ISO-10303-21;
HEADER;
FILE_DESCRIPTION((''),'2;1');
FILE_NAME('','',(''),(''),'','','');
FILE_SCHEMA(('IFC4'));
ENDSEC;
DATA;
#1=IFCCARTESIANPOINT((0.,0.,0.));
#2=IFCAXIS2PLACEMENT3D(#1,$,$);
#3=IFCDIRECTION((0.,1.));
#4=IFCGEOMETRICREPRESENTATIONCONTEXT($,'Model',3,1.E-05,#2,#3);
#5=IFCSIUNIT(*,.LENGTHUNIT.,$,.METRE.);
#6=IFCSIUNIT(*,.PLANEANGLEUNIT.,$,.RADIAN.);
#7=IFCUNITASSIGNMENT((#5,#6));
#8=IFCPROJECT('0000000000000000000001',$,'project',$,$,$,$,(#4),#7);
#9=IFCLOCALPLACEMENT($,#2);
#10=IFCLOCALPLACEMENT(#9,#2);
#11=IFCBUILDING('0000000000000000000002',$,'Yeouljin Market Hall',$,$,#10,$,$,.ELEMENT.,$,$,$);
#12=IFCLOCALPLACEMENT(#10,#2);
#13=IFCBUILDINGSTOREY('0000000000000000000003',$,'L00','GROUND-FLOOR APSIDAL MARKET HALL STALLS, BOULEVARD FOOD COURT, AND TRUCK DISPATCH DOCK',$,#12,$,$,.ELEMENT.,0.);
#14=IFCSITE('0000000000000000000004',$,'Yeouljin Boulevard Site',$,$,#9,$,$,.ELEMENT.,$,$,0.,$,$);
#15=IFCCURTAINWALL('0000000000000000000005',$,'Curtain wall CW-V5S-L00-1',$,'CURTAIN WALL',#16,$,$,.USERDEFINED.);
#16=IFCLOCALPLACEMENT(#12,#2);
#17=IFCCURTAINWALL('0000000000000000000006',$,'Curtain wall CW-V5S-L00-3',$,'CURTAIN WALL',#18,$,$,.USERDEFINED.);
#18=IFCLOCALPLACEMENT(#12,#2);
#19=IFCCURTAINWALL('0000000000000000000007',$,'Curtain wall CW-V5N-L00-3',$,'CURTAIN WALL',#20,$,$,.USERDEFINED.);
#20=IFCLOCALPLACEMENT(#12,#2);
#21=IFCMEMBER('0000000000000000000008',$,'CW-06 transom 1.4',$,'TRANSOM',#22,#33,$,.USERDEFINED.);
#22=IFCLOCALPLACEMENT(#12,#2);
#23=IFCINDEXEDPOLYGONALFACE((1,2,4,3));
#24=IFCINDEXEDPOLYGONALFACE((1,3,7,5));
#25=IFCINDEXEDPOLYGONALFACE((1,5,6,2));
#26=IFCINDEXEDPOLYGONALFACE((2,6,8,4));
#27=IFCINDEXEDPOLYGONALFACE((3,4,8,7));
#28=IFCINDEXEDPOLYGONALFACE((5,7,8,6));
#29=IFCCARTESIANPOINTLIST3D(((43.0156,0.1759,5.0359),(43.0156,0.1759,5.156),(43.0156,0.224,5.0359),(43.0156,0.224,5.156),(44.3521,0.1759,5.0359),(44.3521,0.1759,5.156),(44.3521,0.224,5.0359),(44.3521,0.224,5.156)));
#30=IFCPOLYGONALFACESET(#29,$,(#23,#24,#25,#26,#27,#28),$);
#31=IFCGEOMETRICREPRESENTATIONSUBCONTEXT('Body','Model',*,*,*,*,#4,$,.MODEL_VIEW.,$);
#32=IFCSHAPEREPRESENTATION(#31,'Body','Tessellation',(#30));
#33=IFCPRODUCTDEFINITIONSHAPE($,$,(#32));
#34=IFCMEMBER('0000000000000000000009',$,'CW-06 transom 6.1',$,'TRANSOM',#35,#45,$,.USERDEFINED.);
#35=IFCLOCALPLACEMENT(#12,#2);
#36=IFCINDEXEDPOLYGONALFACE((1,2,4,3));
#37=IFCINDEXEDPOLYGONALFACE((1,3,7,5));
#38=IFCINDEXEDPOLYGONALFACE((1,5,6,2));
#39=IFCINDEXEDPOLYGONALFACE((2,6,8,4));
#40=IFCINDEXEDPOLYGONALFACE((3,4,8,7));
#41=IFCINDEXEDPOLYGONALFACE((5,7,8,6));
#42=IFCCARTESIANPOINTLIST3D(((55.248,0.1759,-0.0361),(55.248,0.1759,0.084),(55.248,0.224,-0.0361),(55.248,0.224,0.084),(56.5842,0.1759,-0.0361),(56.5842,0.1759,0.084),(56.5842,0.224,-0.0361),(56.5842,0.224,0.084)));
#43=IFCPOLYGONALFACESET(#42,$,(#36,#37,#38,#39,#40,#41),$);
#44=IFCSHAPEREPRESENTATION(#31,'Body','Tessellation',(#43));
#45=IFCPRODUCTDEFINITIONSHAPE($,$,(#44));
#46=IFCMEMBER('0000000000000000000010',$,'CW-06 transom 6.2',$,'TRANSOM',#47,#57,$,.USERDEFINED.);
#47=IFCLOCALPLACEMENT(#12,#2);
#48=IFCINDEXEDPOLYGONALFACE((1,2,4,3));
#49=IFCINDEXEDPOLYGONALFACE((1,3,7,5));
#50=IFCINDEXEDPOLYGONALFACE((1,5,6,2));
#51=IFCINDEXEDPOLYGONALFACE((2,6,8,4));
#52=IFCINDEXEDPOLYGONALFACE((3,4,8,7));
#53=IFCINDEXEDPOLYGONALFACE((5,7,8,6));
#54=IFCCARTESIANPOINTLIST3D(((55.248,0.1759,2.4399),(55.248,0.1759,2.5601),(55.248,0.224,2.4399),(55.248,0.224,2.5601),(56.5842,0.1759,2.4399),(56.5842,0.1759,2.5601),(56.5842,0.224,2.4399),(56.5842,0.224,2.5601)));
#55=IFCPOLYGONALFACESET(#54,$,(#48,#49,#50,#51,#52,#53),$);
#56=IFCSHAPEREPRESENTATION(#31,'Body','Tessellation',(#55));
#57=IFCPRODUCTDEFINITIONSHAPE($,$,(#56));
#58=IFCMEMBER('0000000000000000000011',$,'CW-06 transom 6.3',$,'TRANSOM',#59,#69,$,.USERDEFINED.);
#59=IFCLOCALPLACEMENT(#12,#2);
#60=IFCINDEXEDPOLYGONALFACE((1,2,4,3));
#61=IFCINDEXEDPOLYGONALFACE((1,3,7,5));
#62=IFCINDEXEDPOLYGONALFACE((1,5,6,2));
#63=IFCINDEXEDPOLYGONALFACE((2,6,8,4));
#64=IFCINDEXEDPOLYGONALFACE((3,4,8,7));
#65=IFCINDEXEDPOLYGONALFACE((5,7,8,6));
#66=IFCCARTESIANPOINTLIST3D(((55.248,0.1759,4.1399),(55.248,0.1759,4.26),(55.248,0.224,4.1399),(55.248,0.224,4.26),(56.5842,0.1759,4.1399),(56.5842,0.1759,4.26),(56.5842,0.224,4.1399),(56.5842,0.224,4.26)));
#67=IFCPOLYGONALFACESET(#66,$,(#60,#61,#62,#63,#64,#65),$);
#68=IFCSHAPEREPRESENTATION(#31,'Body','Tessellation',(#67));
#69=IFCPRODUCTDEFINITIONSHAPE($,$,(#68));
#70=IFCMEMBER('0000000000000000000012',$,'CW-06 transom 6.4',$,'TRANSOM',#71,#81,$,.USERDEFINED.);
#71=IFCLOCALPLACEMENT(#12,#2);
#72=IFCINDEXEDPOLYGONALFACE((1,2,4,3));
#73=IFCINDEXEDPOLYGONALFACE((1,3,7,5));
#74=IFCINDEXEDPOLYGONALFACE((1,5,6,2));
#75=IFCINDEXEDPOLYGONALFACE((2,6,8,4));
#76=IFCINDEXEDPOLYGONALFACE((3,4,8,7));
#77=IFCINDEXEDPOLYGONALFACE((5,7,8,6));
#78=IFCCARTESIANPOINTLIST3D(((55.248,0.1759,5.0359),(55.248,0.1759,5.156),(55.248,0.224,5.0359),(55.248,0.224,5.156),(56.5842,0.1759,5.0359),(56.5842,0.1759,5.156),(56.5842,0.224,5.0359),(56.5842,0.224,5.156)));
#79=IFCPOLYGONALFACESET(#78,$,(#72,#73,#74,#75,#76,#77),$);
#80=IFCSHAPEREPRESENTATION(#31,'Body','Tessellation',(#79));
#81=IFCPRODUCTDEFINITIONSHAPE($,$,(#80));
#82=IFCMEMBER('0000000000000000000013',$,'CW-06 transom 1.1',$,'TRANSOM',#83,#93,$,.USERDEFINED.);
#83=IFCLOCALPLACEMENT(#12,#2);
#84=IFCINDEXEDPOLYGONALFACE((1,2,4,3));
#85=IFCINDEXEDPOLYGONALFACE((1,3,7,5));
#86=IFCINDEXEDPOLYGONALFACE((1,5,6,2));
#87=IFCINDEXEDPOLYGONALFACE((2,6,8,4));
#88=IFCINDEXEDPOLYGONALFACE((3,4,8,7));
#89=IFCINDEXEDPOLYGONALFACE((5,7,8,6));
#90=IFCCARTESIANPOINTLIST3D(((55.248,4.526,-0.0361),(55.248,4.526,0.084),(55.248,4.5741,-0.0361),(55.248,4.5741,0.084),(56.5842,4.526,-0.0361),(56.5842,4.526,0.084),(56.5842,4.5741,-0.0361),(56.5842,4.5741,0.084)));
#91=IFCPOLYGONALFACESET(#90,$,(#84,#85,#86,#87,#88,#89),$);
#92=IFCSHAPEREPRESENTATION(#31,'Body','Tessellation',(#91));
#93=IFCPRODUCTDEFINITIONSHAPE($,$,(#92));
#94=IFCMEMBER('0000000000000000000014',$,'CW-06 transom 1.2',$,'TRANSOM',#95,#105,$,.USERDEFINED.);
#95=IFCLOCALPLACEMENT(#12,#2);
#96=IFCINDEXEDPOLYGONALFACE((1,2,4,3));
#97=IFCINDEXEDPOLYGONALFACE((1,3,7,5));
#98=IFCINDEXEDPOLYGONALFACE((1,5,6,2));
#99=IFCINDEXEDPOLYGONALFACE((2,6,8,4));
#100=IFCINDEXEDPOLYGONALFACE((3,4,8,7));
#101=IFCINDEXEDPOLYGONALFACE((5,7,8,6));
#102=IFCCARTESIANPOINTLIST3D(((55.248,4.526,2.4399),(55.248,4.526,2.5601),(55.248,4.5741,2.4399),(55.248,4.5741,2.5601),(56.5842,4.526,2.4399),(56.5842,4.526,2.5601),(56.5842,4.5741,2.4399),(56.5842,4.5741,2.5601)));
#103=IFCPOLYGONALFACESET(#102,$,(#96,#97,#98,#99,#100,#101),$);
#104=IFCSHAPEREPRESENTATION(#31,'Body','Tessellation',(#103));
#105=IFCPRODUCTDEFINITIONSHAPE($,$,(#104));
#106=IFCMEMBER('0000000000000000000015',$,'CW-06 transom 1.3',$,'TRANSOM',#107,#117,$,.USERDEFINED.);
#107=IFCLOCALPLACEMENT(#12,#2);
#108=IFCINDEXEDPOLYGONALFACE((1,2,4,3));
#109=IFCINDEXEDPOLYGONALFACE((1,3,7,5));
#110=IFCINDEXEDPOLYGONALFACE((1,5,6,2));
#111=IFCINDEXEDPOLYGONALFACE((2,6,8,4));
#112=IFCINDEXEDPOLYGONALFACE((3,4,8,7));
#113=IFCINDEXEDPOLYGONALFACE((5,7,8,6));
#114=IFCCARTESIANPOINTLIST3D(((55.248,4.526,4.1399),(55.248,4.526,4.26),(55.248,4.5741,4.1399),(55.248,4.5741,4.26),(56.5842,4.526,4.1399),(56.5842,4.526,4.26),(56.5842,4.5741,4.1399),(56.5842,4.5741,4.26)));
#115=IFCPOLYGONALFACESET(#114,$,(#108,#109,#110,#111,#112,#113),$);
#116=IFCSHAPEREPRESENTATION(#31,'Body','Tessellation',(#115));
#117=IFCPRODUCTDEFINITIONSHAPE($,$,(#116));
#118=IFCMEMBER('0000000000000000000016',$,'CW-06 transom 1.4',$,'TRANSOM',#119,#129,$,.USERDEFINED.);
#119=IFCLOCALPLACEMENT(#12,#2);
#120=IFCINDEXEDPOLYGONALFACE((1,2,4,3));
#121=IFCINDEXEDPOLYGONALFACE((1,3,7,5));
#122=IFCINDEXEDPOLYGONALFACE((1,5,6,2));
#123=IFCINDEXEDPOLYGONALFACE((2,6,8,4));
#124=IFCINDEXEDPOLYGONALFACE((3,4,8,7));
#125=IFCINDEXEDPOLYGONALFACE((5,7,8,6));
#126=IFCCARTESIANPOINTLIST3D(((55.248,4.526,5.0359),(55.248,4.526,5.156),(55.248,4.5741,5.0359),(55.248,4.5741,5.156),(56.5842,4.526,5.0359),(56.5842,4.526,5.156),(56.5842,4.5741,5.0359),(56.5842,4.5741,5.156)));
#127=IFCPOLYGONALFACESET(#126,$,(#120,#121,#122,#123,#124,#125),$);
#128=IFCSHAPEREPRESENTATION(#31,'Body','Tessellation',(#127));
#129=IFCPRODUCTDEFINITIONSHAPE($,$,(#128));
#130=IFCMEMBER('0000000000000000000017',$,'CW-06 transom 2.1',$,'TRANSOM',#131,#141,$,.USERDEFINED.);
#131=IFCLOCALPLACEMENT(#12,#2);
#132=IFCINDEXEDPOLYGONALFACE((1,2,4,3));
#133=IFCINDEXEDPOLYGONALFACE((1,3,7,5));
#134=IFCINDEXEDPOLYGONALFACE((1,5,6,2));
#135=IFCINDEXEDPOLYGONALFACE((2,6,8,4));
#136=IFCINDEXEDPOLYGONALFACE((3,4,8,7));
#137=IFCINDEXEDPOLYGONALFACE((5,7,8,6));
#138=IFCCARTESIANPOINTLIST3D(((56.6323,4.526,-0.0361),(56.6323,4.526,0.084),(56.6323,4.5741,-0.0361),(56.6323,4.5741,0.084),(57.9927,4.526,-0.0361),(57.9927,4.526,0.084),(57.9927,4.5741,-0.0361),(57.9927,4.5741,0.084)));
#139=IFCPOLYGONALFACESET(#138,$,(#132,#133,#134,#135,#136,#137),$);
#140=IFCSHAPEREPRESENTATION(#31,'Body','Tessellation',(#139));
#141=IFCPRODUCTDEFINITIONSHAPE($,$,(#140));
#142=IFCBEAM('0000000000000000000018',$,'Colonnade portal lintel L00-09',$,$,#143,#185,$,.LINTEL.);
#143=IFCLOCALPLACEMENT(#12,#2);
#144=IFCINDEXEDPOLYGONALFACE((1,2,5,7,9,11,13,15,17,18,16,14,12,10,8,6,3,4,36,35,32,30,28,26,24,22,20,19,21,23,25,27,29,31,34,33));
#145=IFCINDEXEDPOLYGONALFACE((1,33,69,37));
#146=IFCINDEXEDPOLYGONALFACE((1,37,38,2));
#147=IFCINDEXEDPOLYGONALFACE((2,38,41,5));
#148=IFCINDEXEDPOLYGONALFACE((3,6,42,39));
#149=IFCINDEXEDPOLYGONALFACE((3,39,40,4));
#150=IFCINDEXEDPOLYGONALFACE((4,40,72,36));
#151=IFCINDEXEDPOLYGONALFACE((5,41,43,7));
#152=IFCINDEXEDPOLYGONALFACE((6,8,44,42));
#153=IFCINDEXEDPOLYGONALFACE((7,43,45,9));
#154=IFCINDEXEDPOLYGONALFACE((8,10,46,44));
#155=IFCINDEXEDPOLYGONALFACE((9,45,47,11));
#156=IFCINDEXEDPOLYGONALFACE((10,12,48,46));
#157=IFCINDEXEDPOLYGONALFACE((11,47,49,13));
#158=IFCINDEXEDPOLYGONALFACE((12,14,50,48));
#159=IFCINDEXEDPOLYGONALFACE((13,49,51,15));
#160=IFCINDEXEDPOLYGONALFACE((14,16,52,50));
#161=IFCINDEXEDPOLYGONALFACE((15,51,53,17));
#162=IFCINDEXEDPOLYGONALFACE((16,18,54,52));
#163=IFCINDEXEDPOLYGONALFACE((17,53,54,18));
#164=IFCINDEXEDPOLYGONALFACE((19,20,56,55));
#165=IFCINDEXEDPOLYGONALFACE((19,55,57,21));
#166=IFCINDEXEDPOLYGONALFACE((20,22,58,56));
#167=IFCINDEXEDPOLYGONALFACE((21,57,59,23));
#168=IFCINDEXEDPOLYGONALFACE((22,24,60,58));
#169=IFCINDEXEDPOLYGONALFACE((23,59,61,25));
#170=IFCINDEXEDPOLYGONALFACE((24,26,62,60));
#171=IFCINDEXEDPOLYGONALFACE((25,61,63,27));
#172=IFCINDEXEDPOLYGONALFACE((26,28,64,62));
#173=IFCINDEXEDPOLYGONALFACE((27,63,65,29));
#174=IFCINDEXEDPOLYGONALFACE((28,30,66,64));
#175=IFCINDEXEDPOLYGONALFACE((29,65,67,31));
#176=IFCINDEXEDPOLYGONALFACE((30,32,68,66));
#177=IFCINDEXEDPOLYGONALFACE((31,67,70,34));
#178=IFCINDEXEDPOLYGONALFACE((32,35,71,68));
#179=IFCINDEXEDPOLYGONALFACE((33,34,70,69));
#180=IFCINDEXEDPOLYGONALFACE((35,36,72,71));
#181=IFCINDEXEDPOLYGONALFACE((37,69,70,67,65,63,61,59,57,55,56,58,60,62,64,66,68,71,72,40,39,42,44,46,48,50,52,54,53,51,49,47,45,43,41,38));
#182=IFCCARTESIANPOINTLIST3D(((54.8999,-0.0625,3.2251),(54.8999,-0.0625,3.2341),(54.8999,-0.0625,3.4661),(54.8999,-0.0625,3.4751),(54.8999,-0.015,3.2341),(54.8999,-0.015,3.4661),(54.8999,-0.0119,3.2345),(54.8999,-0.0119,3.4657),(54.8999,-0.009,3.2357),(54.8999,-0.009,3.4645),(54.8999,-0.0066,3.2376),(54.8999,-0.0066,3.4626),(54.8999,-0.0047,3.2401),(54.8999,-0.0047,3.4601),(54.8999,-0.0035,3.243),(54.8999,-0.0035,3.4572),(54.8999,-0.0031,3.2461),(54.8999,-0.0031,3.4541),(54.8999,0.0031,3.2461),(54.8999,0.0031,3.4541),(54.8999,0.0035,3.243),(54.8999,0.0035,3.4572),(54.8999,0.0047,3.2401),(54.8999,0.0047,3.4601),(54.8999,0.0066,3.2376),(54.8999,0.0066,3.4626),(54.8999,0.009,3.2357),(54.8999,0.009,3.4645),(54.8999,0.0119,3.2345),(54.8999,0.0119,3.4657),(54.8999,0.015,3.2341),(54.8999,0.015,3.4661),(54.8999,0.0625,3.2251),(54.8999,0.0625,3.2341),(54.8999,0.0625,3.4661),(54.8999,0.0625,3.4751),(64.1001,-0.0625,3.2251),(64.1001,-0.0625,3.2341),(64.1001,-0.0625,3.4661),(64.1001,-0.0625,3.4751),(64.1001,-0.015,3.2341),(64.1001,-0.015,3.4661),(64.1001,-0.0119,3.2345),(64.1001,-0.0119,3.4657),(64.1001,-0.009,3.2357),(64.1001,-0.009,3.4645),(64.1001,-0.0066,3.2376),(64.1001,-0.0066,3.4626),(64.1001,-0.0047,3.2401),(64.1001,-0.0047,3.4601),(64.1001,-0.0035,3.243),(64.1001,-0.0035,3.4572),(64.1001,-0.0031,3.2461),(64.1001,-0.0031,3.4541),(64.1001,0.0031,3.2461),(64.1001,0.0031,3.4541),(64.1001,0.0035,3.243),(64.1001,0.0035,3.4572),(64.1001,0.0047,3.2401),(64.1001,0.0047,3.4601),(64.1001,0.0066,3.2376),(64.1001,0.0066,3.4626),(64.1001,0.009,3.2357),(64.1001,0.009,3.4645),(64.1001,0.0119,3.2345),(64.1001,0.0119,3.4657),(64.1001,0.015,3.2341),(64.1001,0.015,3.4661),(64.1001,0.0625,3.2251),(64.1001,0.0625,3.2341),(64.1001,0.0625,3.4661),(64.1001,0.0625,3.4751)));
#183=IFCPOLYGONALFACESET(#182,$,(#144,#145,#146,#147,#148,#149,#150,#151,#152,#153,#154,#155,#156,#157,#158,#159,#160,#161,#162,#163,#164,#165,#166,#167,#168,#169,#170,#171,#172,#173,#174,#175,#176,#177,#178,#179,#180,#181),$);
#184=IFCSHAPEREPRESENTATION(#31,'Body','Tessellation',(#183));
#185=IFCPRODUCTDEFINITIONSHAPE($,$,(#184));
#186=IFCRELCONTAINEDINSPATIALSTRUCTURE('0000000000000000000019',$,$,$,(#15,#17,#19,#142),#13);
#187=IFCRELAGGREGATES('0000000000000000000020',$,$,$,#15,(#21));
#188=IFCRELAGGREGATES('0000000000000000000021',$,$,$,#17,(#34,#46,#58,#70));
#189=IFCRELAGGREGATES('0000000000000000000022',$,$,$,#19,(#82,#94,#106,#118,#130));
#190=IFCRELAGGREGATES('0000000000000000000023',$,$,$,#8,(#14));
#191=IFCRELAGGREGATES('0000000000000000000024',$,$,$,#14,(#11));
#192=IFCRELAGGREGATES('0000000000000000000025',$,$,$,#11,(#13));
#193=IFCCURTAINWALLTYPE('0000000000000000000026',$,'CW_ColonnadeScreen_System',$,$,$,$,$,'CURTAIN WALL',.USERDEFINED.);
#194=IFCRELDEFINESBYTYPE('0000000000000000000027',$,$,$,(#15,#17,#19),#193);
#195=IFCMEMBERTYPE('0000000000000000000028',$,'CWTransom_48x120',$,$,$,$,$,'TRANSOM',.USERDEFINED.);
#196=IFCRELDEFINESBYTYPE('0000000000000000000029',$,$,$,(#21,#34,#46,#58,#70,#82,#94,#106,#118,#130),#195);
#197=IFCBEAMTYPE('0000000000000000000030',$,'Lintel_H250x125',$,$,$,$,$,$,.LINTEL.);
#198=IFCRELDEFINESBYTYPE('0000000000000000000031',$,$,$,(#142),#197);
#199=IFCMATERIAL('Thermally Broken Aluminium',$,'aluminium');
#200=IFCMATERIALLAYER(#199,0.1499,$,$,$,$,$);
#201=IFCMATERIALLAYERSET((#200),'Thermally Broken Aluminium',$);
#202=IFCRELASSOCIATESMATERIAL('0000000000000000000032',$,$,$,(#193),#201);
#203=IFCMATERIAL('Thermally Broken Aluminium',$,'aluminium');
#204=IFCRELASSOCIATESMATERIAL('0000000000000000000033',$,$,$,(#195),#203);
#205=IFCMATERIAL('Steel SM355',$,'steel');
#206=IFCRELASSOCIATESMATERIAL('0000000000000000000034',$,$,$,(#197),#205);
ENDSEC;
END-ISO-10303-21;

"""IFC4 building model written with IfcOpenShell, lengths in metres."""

from ifc_helpers import new_model, si_unit, direction, frame, origin, origin_2d, place, context, subcontext, project, spatial, rectangle, i_section, extrude, material, layer, layer_set, material_profile, profile_set, type_object, element, aggregate, save


model = new_model("IFC4")

# Units and contexts
model_context = context("Model", 3, precision=1e-05, world=origin(), true_north=direction((0.0, 1.0)))
body_context = subcontext(model_context, "Body", "Model", "MODEL_VIEW")
ifc_project = project(units=[si_unit("LENGTHUNIT", "METRE"), si_unit("PLANEANGLEUNIT", "RADIAN")], contexts=[model_context])

# Site, building, storey
site_placement = place(None, origin())
site = spatial("IfcSite", under=ifc_project, at=site_placement, Name="Yeouljin Boulevard Site", CompositionType="ELEMENT", RefElevation=0.0)
building_placement = place(site_placement, origin())
building = spatial("IfcBuilding", under=site, at=building_placement, Name="Yeouljin Market Hall", CompositionType="ELEMENT")
storey_placement = place(building_placement, origin())
storey = spatial("IfcBuildingStorey", under=building, at=storey_placement, Name="L00", Description="GROUND-FLOOR APSIDAL MARKET HALL STALLS, BOULEVARD FOOD COURT, AND TRUCK DISPATCH DOCK", CompositionType="ELEMENT", Elevation=0.0)

# Curtain wall
ifc_material_1 = material(Name="Thermally Broken Aluminium", Category="aluminium")
ifc_layer_1 = layer(ifc_material_1, 0.1499)
ifc_layer_set_1 = layer_set([ifc_layer_1], Name="Thermally Broken Aluminium")
curtain_wall_type = type_object("IfcCurtainWallType", Name="CW_ColonnadeScreen_System", ElementType="CURTAIN WALL", PredefinedType="USERDEFINED", material=ifc_layer_set_1)
curtain_wall_1_placement = place(storey_placement, origin())
curtain_wall_1 = element("IfcCurtainWall", 1, at=curtain_wall_1_placement, inside=storey, type_object=curtain_wall_type, Name="Curtain wall CW-V5S-L00-1", ObjectType="CURTAIN WALL", PredefinedType="USERDEFINED")

# Curtain walls
curtain_wall_2_placement = place(storey_placement, origin())
curtain_wall_2 = element("IfcCurtainWall", 2, at=curtain_wall_2_placement, inside=storey, type_object=curtain_wall_type, Name="Curtain wall CW-V5S-L00-3", ObjectType="CURTAIN WALL", PredefinedType="USERDEFINED")
curtain_wall_3_placement = place(storey_placement, origin())
curtain_wall_3 = element("IfcCurtainWall", 3, at=curtain_wall_3_placement, inside=storey, type_object=curtain_wall_type, Name="Curtain wall CW-V5N-L00-3", ObjectType="CURTAIN WALL", PredefinedType="USERDEFINED")

# Members
ifc_material_2 = material(Name="Thermally Broken Aluminium", Category="aluminium")
ifc_material_profile_1 = material_profile(ifc_material_2, rectangle(XDim=0.0481, YDim=0.1201, at=origin_2d()), Name="CW-TRAN-48x120")
ifc_profile_set_1 = profile_set([ifc_material_profile_1], Name="Thermally Broken Aluminium")
member_type_1 = type_object("IfcMemberType", Name="CWTransom_48x120", ElementType="TRANSOM", PredefinedType="USERDEFINED", material=ifc_profile_set_1)
member_1_placement = place(storey_placement, frame((44.3521, 0.2, 5.0959), z_axis=(-1.0, 0.0, 0.0), x_axis=(0.0, -1.0, 0.0)))
member_1 = element("IfcMember", 4, at=member_1_placement, type_object=member_type_1, Name="CW-06 transom 1.4", ObjectType="TRANSOM", PredefinedType="USERDEFINED", context=body_context, shape_type="SweptSolid", body=[
    extrude(rectangle(XDim=0.0481, YDim=0.1201, at=origin_2d()), origin(), (0.0, 0.0, 1.0), 1.3364),
])
aggregate(curtain_wall_1, [member_1])
member_2_placement = place(storey_placement, frame((56.5842, 0.2, 0.0239), z_axis=(-1.0, 0.0, 0.0), x_axis=(0.0, -1.0, 0.0)))
member_2 = element("IfcMember", 5, at=member_2_placement, type_object=member_type_1, Name="CW-06 transom 6.1", ObjectType="TRANSOM", PredefinedType="USERDEFINED", context=body_context, shape_type="SweptSolid", body=[
    extrude(rectangle(XDim=0.0481, YDim=0.1201, at=origin_2d()), origin(), (0.0, 0.0, 1.0), 1.3362),
])
member_3_placement = place(storey_placement, frame((56.5842, 0.2, 2.5), z_axis=(-1.0, 0.0, 0.0), x_axis=(0.0, -1.0, 0.0)))
member_3 = element("IfcMember", 6, at=member_3_placement, type_object=member_type_1, Name="CW-06 transom 6.2", ObjectType="TRANSOM", PredefinedType="USERDEFINED", context=body_context, shape_type="SweptSolid", body=[
    extrude(rectangle(XDim=0.0481, YDim=0.1201, at=origin_2d()), origin(), (0.0, 0.0, 1.0), 1.3362),
])
member_4_placement = place(storey_placement, frame((56.5842, 0.2, 4.2), z_axis=(-1.0, 0.0, 0.0), x_axis=(0.0, -1.0, 0.0)))
member_4 = element("IfcMember", 7, at=member_4_placement, type_object=member_type_1, Name="CW-06 transom 6.3", ObjectType="TRANSOM", PredefinedType="USERDEFINED", context=body_context, shape_type="SweptSolid", body=[
    extrude(rectangle(XDim=0.0481, YDim=0.1201, at=origin_2d()), origin(), (0.0, 0.0, 1.0), 1.3362),
])
member_5_placement = place(storey_placement, frame((56.5842, 0.2, 5.0959), z_axis=(-1.0, 0.0, 0.0), x_axis=(0.0, -1.0, 0.0)))
member_5 = element("IfcMember", 8, at=member_5_placement, type_object=member_type_1, Name="CW-06 transom 6.4", ObjectType="TRANSOM", PredefinedType="USERDEFINED", context=body_context, shape_type="SweptSolid", body=[
    extrude(rectangle(XDim=0.0481, YDim=0.1201, at=origin_2d()), origin(), (0.0, 0.0, 1.0), 1.3362),
])
member_6_placement = place(storey_placement, frame((55.248, 4.55, 0.0239), z_axis=(1.0, 0.0, 0.0), x_axis=(0.0, 1.0, 0.0)))
member_6 = element("IfcMember", 9, at=member_6_placement, type_object=member_type_1, Name="CW-06 transom 1.1", ObjectType="TRANSOM", PredefinedType="USERDEFINED", context=body_context, shape_type="SweptSolid", body=[
    extrude(rectangle(XDim=0.0481, YDim=0.1201, at=origin_2d()), origin(), (0.0, 0.0, 1.0), 1.3362),
])
member_7_placement = place(storey_placement, frame((55.248, 4.55, 2.5), z_axis=(1.0, 0.0, 0.0), x_axis=(0.0, 1.0, 0.0)))
member_7 = element("IfcMember", 10, at=member_7_placement, type_object=member_type_1, Name="CW-06 transom 1.2", ObjectType="TRANSOM", PredefinedType="USERDEFINED", context=body_context, shape_type="SweptSolid", body=[
    extrude(rectangle(XDim=0.0481, YDim=0.1201, at=origin_2d()), origin(), (0.0, 0.0, 1.0), 1.3362),
])
member_8_placement = place(storey_placement, frame((55.248, 4.55, 4.2), z_axis=(1.0, 0.0, 0.0), x_axis=(0.0, 1.0, 0.0)))
member_8 = element("IfcMember", 11, at=member_8_placement, type_object=member_type_1, Name="CW-06 transom 1.3", ObjectType="TRANSOM", PredefinedType="USERDEFINED", context=body_context, shape_type="SweptSolid", body=[
    extrude(rectangle(XDim=0.0481, YDim=0.1201, at=origin_2d()), origin(), (0.0, 0.0, 1.0), 1.3362),
])
member_9_placement = place(storey_placement, frame((55.248, 4.55, 5.0959), z_axis=(1.0, 0.0, 0.0), x_axis=(0.0, 1.0, 0.0)))
member_9 = element("IfcMember", 12, at=member_9_placement, type_object=member_type_1, Name="CW-06 transom 1.4", ObjectType="TRANSOM", PredefinedType="USERDEFINED", context=body_context, shape_type="SweptSolid", body=[
    extrude(rectangle(XDim=0.0481, YDim=0.1201, at=origin_2d()), origin(), (0.0, 0.0, 1.0), 1.3362),
])
member_10_placement = place(storey_placement, frame((56.6323, 4.55, 0.0239), z_axis=(1.0, 0.0, 0.0), x_axis=(0.0, 1.0, 0.0)))
member_10 = element("IfcMember", 13, at=member_10_placement, type_object=member_type_1, Name="CW-06 transom 2.1", ObjectType="TRANSOM", PredefinedType="USERDEFINED", context=body_context, shape_type="SweptSolid", body=[
    extrude(rectangle(XDim=0.0481, YDim=0.1201, at=origin_2d()), origin(), (0.0, 0.0, 1.0), 1.3604),
])

# Beam
ifc_material_3 = material(Name="Steel SM355", Category="steel")
ifc_material_profile_2 = material_profile(ifc_material_3, i_section(OverallWidth=0.125, OverallDepth=0.25, WebThickness=0.0061, FlangeThickness=0.009, FilletRadius=0.012, at=origin_2d()), Name="H-250x125x6x9")
ifc_profile_set_2 = profile_set([ifc_material_profile_2], Name="Steel SM355")
beam_type_1 = type_object("IfcBeamType", Name="Lintel_H250x125", PredefinedType="LINTEL", material=ifc_profile_set_2)
beam_1_placement = place(storey_placement, frame((54.8999, 0.0, 3.3501), z_axis=(1.0, 0.0, 0.0), x_axis=(0.0, 1.0, 0.0)))
element("IfcBeam", 14, at=beam_1_placement, inside=storey, type_object=beam_type_1, Name="Colonnade portal lintel L00-09", PredefinedType="LINTEL", context=body_context, shape_type="SweptSolid", body=[
    extrude(i_section(OverallWidth=0.125, OverallDepth=0.25, WebThickness=0.0061, FlangeThickness=0.009, FilletRadius=0.012, at=origin_2d()), origin(), (0.0, 0.0, 1.0), 9.2002),
])

aggregate(curtain_wall_2, [member_2, member_3, member_4, member_5])
aggregate(curtain_wall_3, [member_6, member_7, member_8, member_9, member_10])

save(model, "model.ifc")
